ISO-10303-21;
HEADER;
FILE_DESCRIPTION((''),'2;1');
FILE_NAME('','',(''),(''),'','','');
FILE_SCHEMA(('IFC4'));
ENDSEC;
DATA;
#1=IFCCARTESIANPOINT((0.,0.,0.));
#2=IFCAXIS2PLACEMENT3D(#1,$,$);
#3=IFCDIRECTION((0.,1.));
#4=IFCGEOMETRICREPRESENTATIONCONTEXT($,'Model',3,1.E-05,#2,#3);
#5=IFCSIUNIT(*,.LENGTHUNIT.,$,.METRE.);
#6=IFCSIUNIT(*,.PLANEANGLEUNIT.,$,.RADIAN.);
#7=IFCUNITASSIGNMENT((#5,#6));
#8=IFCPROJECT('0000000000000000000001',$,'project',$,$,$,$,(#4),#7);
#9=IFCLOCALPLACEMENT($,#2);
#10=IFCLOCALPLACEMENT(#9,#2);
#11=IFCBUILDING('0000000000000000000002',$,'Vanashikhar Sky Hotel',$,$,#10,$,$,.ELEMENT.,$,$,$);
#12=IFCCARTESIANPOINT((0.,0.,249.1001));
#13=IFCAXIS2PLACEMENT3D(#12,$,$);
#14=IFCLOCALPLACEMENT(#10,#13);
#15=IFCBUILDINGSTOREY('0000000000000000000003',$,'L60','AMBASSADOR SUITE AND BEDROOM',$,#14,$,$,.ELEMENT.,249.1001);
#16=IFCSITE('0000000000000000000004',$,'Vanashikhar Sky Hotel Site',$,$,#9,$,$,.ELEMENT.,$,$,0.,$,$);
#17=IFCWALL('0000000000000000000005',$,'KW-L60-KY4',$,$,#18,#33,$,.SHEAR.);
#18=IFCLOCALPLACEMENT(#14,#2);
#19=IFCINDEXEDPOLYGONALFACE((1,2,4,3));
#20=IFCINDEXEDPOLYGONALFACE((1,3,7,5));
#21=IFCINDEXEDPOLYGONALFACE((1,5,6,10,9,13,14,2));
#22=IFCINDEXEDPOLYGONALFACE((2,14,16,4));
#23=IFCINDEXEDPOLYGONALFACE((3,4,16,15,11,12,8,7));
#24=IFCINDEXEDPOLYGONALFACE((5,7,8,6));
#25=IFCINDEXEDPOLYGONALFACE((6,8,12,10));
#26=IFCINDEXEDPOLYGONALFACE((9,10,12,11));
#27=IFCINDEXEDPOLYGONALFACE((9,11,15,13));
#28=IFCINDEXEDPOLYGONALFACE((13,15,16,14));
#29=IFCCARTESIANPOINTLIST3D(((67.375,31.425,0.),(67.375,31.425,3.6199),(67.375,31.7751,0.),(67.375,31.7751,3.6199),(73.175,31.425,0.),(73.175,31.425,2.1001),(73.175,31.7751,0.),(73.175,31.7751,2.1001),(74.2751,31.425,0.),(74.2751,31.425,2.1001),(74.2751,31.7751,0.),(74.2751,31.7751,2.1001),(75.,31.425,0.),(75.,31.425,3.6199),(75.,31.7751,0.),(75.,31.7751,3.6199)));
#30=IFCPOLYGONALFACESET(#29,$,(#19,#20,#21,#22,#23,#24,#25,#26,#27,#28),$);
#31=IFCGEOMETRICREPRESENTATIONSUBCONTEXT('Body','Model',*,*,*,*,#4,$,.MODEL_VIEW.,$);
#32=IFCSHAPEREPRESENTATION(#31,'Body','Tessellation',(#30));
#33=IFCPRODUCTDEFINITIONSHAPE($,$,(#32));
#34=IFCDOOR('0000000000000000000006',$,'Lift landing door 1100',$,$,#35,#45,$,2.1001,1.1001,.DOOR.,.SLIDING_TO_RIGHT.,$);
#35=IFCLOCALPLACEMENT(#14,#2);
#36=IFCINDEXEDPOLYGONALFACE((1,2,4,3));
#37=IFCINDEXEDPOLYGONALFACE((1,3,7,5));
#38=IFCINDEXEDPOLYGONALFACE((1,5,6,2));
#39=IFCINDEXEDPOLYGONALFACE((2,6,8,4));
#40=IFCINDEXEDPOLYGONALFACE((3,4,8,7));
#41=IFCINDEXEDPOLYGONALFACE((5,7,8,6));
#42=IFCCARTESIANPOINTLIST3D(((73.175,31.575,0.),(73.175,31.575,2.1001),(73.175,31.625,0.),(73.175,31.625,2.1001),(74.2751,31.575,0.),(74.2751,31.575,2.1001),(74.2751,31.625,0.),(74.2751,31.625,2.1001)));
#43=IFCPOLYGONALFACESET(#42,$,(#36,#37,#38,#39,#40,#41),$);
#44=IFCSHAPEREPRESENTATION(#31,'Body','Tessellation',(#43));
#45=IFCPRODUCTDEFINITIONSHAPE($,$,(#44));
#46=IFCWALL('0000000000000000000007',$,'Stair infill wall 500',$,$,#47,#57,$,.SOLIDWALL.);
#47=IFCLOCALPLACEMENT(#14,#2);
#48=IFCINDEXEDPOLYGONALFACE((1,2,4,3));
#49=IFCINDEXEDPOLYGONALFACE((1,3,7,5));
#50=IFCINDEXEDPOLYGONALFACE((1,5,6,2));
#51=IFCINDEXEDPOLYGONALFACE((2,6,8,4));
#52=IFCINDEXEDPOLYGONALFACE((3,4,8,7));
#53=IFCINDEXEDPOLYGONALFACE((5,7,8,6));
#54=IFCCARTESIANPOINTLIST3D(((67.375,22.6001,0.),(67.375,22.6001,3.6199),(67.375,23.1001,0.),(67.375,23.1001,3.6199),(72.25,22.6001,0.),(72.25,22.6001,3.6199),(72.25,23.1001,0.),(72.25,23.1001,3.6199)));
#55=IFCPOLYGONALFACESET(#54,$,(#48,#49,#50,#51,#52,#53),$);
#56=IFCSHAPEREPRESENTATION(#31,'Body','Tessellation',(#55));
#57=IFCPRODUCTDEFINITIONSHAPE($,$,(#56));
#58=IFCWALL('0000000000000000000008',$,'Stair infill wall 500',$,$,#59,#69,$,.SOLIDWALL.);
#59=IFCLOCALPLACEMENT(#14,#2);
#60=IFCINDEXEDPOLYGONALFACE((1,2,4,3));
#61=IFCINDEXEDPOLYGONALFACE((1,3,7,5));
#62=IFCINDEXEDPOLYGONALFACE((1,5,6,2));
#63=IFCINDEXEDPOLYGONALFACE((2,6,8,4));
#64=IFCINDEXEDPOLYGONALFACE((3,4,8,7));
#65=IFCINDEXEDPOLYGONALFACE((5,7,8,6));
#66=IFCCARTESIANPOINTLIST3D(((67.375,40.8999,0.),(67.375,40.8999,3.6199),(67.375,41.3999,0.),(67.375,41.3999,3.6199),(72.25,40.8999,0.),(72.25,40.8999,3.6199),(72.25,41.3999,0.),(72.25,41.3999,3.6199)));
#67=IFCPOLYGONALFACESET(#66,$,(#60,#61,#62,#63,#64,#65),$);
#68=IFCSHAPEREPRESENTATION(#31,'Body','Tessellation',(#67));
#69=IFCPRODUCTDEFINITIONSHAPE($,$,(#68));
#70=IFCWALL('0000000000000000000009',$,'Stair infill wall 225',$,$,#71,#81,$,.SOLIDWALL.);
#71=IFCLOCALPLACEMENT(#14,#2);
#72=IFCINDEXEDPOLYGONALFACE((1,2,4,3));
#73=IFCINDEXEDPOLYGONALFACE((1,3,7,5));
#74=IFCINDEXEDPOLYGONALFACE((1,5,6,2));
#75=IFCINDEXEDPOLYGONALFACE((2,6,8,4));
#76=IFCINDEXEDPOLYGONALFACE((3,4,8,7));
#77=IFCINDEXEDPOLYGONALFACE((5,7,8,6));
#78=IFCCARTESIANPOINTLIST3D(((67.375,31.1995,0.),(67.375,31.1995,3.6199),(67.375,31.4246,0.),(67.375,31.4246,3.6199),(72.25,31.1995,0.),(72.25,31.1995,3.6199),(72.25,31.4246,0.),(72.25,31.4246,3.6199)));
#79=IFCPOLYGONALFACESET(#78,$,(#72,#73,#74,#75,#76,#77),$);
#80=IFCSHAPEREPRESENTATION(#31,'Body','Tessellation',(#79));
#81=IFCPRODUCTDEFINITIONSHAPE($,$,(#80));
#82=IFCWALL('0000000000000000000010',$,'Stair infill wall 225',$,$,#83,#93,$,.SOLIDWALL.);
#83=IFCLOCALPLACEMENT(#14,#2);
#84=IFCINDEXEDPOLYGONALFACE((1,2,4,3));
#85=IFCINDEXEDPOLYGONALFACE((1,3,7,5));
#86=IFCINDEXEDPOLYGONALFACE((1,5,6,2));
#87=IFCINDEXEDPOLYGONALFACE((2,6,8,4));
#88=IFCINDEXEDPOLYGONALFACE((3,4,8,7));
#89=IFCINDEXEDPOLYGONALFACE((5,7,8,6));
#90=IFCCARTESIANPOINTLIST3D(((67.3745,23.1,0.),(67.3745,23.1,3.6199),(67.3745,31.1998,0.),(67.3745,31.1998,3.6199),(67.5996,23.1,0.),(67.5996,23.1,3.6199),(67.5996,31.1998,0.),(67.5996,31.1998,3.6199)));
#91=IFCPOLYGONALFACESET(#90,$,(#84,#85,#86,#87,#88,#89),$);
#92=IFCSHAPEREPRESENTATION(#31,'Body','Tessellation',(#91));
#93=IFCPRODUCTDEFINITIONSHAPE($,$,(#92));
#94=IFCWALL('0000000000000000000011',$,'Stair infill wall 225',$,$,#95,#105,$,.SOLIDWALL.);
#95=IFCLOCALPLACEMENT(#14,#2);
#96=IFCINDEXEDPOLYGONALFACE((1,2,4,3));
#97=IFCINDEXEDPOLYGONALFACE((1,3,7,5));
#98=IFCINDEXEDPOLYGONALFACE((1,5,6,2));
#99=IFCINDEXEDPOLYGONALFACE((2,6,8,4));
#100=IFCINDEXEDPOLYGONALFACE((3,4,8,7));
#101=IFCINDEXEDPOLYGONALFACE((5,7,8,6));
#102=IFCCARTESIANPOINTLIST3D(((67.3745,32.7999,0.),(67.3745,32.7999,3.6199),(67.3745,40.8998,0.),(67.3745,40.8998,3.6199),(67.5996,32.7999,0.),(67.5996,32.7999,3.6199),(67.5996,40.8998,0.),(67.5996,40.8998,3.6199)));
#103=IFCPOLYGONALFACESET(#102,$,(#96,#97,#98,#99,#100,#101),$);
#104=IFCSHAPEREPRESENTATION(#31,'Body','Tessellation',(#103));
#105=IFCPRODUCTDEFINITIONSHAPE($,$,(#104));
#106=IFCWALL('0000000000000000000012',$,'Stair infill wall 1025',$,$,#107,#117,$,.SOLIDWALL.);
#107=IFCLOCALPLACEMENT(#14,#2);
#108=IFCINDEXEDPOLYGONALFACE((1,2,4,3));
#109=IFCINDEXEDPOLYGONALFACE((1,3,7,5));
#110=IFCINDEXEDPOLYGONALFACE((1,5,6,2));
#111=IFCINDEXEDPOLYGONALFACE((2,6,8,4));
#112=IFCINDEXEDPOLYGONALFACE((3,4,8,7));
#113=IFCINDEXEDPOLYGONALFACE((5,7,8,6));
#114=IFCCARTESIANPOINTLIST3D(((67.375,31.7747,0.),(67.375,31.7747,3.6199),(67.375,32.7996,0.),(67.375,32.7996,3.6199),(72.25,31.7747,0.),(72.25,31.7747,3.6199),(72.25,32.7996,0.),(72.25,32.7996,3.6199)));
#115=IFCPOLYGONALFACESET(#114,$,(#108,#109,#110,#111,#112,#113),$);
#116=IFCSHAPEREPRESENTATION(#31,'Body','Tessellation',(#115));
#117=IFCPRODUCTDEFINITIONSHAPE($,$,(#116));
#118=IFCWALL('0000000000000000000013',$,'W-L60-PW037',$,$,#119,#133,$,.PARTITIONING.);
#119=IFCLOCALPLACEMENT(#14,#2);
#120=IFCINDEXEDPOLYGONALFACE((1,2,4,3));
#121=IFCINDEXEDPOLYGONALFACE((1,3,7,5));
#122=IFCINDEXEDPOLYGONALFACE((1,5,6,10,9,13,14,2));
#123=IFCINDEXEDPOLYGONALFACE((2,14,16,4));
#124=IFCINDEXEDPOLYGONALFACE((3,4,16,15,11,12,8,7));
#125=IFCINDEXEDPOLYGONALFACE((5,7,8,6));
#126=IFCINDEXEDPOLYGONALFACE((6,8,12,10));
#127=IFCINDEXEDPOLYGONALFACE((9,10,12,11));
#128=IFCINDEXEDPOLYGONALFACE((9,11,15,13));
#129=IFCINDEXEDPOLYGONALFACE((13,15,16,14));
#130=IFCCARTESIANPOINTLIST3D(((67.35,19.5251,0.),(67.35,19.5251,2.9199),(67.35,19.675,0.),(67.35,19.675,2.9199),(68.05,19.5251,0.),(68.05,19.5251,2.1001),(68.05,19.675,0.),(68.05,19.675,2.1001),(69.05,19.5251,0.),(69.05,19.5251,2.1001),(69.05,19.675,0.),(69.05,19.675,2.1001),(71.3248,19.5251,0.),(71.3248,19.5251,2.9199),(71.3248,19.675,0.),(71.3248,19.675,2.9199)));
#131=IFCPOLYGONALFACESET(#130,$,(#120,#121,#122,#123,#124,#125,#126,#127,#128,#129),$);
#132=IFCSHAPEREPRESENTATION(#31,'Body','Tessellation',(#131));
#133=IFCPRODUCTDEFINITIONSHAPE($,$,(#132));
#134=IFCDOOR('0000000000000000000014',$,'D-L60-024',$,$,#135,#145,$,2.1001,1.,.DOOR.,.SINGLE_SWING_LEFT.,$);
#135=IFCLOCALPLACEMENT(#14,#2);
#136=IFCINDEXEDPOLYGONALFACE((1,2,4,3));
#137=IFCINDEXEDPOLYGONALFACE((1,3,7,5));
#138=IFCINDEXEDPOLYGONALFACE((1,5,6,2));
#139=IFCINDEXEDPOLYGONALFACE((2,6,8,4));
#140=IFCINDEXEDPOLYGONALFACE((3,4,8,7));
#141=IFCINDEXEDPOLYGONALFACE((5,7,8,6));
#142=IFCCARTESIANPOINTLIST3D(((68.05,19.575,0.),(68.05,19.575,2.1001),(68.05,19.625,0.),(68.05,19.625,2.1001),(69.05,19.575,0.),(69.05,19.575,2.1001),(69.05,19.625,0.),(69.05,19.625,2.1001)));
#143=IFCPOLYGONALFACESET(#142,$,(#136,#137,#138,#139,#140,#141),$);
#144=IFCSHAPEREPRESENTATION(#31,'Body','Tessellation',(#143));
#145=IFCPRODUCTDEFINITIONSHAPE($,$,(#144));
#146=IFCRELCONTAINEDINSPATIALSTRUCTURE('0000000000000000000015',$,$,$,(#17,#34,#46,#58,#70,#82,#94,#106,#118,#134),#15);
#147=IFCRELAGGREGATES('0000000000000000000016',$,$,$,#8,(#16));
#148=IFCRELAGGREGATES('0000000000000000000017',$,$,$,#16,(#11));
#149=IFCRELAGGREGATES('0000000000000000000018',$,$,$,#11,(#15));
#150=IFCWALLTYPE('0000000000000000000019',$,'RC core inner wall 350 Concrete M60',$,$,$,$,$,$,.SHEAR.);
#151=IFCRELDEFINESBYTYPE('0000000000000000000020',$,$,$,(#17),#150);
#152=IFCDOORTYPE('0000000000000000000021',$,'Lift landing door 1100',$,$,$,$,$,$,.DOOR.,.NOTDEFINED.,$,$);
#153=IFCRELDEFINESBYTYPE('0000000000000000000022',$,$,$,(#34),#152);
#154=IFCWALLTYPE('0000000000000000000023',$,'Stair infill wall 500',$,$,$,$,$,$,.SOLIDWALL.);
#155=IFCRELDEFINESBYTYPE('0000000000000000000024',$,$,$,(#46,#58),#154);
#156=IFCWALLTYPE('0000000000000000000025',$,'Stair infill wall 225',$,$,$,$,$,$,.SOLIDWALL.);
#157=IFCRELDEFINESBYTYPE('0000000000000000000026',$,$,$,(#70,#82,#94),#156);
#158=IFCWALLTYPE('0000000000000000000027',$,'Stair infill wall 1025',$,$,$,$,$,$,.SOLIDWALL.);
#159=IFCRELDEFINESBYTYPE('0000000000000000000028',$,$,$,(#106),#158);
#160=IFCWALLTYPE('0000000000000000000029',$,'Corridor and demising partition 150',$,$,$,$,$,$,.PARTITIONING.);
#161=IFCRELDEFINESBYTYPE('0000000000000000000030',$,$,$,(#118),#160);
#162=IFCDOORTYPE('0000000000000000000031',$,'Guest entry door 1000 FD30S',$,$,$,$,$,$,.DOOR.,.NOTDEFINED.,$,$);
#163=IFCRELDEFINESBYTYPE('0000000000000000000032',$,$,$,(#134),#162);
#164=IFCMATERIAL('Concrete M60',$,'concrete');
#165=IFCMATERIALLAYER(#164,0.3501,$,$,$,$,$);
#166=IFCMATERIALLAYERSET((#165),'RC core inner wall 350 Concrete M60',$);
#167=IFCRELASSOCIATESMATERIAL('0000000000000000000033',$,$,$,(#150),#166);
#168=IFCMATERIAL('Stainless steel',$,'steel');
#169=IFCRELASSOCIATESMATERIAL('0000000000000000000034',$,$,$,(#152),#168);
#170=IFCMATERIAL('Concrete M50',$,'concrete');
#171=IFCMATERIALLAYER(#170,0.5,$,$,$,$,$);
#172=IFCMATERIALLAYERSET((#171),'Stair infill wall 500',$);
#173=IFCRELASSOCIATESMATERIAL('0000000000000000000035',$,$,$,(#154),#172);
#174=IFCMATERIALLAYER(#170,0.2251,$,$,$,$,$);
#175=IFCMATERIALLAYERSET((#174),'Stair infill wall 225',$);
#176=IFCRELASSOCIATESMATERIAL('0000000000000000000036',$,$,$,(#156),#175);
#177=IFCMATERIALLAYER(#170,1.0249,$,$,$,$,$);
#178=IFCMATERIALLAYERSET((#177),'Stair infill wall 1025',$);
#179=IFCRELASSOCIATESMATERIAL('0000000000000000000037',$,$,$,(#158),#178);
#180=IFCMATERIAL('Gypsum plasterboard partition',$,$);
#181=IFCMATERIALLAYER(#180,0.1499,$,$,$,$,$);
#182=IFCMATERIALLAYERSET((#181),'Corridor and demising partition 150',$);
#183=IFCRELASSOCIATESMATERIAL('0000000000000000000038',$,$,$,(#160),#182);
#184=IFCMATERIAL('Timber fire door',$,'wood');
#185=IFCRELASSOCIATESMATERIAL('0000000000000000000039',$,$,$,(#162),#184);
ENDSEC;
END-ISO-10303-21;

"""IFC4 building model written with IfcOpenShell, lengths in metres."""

from ifc_helpers import new_model, si_unit, direction, frame, frame_2d, origin, place, context, subcontext, project, spatial, rectangle, extrude, source, transform, mapped, material, layer, layer_set, type_object, element, fill, save


model = new_model("IFC4")

# Units and contexts
model_context = context("Model", 3, precision=1e-05, world=origin(), true_north=direction((0.0, 1.0)))
body_context = subcontext(model_context, "Body", "Model", "MODEL_VIEW")
ifc_project = project(units=[si_unit("LENGTHUNIT", "METRE"), si_unit("PLANEANGLEUNIT", "RADIAN")], contexts=[model_context])

# Site, building, storey
site_placement = place(None, origin())
site = spatial("IfcSite", under=ifc_project, at=site_placement, Name="Vanashikhar Sky Hotel Site", CompositionType="ELEMENT", RefElevation=0.0)
building_placement = place(site_placement, origin())
building = spatial("IfcBuilding", under=site, at=building_placement, Name="Vanashikhar Sky Hotel", CompositionType="ELEMENT")
storey_placement = place(building_placement, frame((0.0, 0.0, 249.1001)))
storey = spatial("IfcBuildingStorey", under=building, at=storey_placement, Name="L60", Description="AMBASSADOR SUITE AND BEDROOM", CompositionType="ELEMENT", Elevation=249.1001)

# Wall, opening, door
ifc_material_1 = material(Name="Concrete M60", Category="concrete")
ifc_layer_1 = layer(ifc_material_1, 0.3501)
ifc_layer_set_1 = layer_set([ifc_layer_1], Name="RC core inner wall 350 Concrete M60")
wall_type_1 = type_object("IfcWallType", Name="RC core inner wall 350 Concrete M60", PredefinedType="SHEAR", material=ifc_layer_set_1)
shared_shape_1 = source(origin(), body_context, "Body", "SweptSolid", [
    extrude(rectangle(XDim=7.625, YDim=0.3501, at=frame_2d((3.8125, 0.0))), origin(), (0.0, 0.0, 1.0), 3.6199),
])
wall_1_placement = place(storey_placement, frame((67.375, 31.6001, 0.0), z_axis=(0.0, 0.0, 1.0), x_axis=(1.0, 0.0, 0.0)))
wall_1 = element("IfcWall", 1, at=wall_1_placement, inside=storey, type_object=wall_type_1, Name="KW-L60-KY4", PredefinedType="SHEAR", context=body_context, shape_type="MappedRepresentation", body=[
    mapped(shared_shape_1, transform((0.0, 0.0, 0.0), scale=1.0)),
])
shared_shape_2 = source(origin(), body_context, "Body", "SweptSolid", [
    extrude(rectangle(XDim=1.1001, YDim=2.1001, at=frame_2d((0.55, 1.05))), frame((0.0, 0.1851, 0.0), z_axis=(0.0, -1.0, 0.0), x_axis=(1.0, 0.0, 0.0)), (0.0, 0.0, 1.0), 0.3701),
])
opening_1_placement = place(wall_1_placement, frame((5.8, 0.0, 0.0)))
opening_1 = element("IfcOpeningElement", 2, at=opening_1_placement, cuts=wall_1, PredefinedType="OPENING", context=body_context, shape_type="MappedRepresentation", body=[
    mapped(shared_shape_2, transform((0.0, 0.0, 0.0), scale=1.0)),
])
ifc_material_2 = material(Name="Stainless steel", Category="steel")
door_type_1 = type_object("IfcDoorType", Name="Lift landing door 1100", OperationType="NOTDEFINED", PredefinedType="DOOR", material=ifc_material_2)
shared_shape_3 = source(origin(), body_context, "Body", "SweptSolid", [
    extrude(rectangle(XDim=1.1001, YDim=2.1001, at=frame_2d((0.55, 1.05))), frame((0.0, 0.0249, 0.0), z_axis=(0.0, -1.0, 0.0), x_axis=(1.0, 0.0, 0.0)), (0.0, 0.0, 1.0), 0.05),
])
door_1_placement = place(opening_1_placement, origin())
door_1 = element("IfcDoor", 3, at=door_1_placement, inside=storey, type_object=door_type_1, Name="Lift landing door 1100", OperationType="SLIDING_TO_RIGHT", OverallHeight=2.1001, OverallWidth=1.1001, PredefinedType="DOOR", context=body_context, shape_type="MappedRepresentation", body=[
    mapped(shared_shape_3, transform((0.0, 0.0, 0.0), scale=1.0)),
])
fill(opening_1, door_1)

# Walls
ifc_material_3 = material(Name="Concrete M50", Category="concrete")
ifc_layer_2 = layer(ifc_material_3, 0.5)
ifc_layer_set_2 = layer_set([ifc_layer_2], Name="Stair infill wall 500")
wall_type_2 = type_object("IfcWallType", Name="Stair infill wall 500", PredefinedType="SOLIDWALL", material=ifc_layer_set_2)
shared_shape_4 = source(origin(), body_context, "Body", "SweptSolid", [
    extrude(rectangle(XDim=4.875, YDim=0.5, at=frame_2d((2.4375, 0.0))), origin(), (0.0, 0.0, 1.0), 3.6199),
])
for number, where, z_axis, x_axis, name in (
    (4, (67.375, 22.8501, 0.0), (0.0, 0.0, 1.0), (1.0, 0.0, 0.0), "Stair infill wall 500"),
    (5, (67.375, 41.1499, 0.0), (0.0, 0.0, 1.0), (1.0, 0.0, 0.0), "Stair infill wall 500"),
):
    element("IfcWall", number, at=place(storey_placement, frame(where, z_axis=z_axis, x_axis=x_axis)), inside=storey, type_object=wall_type_2, Name=name, PredefinedType="SOLIDWALL", context=body_context, shape_type="MappedRepresentation", body=[
        mapped(shared_shape_4, transform((0.0, 0.0, 0.0), scale=1.0)),
    ])
ifc_layer_3 = layer(ifc_material_3, 0.2251)
ifc_layer_set_3 = layer_set([ifc_layer_3], Name="Stair infill wall 225")
wall_type_3 = type_object("IfcWallType", Name="Stair infill wall 225", PredefinedType="SOLIDWALL", material=ifc_layer_set_3)
shared_shape_5 = source(origin(), body_context, "Body", "SweptSolid", [
    extrude(rectangle(XDim=4.875, YDim=0.2251, at=frame_2d((2.4375, 0.0))), origin(), (0.0, 0.0, 1.0), 3.6199),
])
wall_2_placement = place(storey_placement, frame((67.375, 31.312, 0.0), z_axis=(0.0, 0.0, 1.0), x_axis=(1.0, 0.0, 0.0)))
element("IfcWall", 6, at=wall_2_placement, inside=storey, type_object=wall_type_3, Name="Stair infill wall 225", PredefinedType="SOLIDWALL", context=body_context, shape_type="MappedRepresentation", body=[
    mapped(shared_shape_5, transform((0.0, 0.0, 0.0), scale=1.0)),
])
shared_shape_6 = source(origin(), body_context, "Body", "SweptSolid", [
    extrude(rectangle(XDim=8.0999, YDim=0.2251, at=frame_2d((4.0498, 0.0))), origin(), (0.0, 0.0, 1.0), 3.6199),
])
for number, where, z_axis, x_axis, name in (
    (7, (67.4871, 23.1001, 0.0), (0.0, 0.0, 1.0), (0.0, 1.0, 0.0), "Stair infill wall 225"),
    (8, (67.4871, 32.8, 0.0), (0.0, 0.0, 1.0), (0.0, 1.0, 0.0), "Stair infill wall 225"),
):
    element("IfcWall", number, at=place(storey_placement, frame(where, z_axis=z_axis, x_axis=x_axis)), inside=storey, type_object=wall_type_3, Name=name, PredefinedType="SOLIDWALL", context=body_context, shape_type="MappedRepresentation", body=[
        mapped(shared_shape_6, transform((0.0, 0.0, 0.0), scale=1.0)),
    ])
ifc_layer_4 = layer(ifc_material_3, 1.0249)
ifc_layer_set_4 = layer_set([ifc_layer_4], Name="Stair infill wall 1025")
wall_type_4 = type_object("IfcWallType", Name="Stair infill wall 1025", PredefinedType="SOLIDWALL", material=ifc_layer_set_4)
shared_shape_7 = source(origin(), body_context, "Body", "SweptSolid", [
    extrude(rectangle(XDim=4.875, YDim=1.0249, at=frame_2d((2.4375, 0.0))), origin(), (0.0, 0.0, 1.0), 3.6199),
])
wall_3_placement = place(storey_placement, frame((67.375, 32.2871, 0.0), z_axis=(0.0, 0.0, 1.0), x_axis=(1.0, 0.0, 0.0)))
element("IfcWall", 9, at=wall_3_placement, inside=storey, type_object=wall_type_4, Name="Stair infill wall 1025", PredefinedType="SOLIDWALL", context=body_context, shape_type="MappedRepresentation", body=[
    mapped(shared_shape_7, transform((0.0, 0.0, 0.0), scale=1.0)),
])

# Wall, opening, door
ifc_material_4 = material(Name="Gypsum plasterboard partition")
ifc_layer_5 = layer(ifc_material_4, 0.1499)
ifc_layer_set_5 = layer_set([ifc_layer_5], Name="Corridor and demising partition 150")
wall_type_5 = type_object("IfcWallType", Name="Corridor and demising partition 150", PredefinedType="PARTITIONING", material=ifc_layer_set_5)
shared_shape_8 = source(origin(), body_context, "Body", "SweptSolid", [
    extrude(rectangle(XDim=3.9749, YDim=0.1499, at=frame_2d((1.9873, 0.0))), origin(), (0.0, 0.0, 1.0), 2.9199),
])
wall_4_placement = place(storey_placement, frame((67.3501, 19.6001, 0.0), z_axis=(0.0, 0.0, 1.0), x_axis=(1.0, 0.0, 0.0)))
wall_4 = element("IfcWall", 10, at=wall_4_placement, inside=storey, type_object=wall_type_5, Name="W-L60-PW037", PredefinedType="PARTITIONING", context=body_context, shape_type="MappedRepresentation", body=[
    mapped(shared_shape_8, transform((0.0, 0.0, 0.0), scale=1.0)),
])
shared_shape_9 = source(origin(), body_context, "Body", "SweptSolid", [
    extrude(rectangle(XDim=1.0, YDim=2.1001, at=frame_2d((0.5, 1.05))), frame((0.0, 0.085, 0.0), z_axis=(0.0, -1.0, 0.0), x_axis=(1.0, 0.0, 0.0)), (0.0, 0.0, 1.0), 0.1699),
])
opening_2_placement = place(wall_4_placement, frame((0.7, 0.0, 0.0)))
opening_2 = element("IfcOpeningElement", 11, at=opening_2_placement, cuts=wall_4, PredefinedType="OPENING", context=body_context, shape_type="MappedRepresentation", body=[
    mapped(shared_shape_9, transform((0.0, 0.0, 0.0), scale=1.0)),
])
ifc_material_5 = material(Name="Timber fire door", Category="wood")
door_type_2 = type_object("IfcDoorType", Name="Guest entry door 1000 FD30S", OperationType="NOTDEFINED", PredefinedType="DOOR", material=ifc_material_5)
shared_shape_10 = source(origin(), body_context, "Body", "SweptSolid", [
    extrude(rectangle(XDim=1.0, YDim=2.1001, at=frame_2d((0.5, 1.05))), frame((0.0, 0.0249, 0.0), z_axis=(0.0, -1.0, 0.0), x_axis=(1.0, 0.0, 0.0)), (0.0, 0.0, 1.0), 0.05),
])
door_2_placement = place(opening_2_placement, origin())
door_2 = element("IfcDoor", 12, at=door_2_placement, inside=storey, type_object=door_type_2, Name="D-L60-024", OperationType="SINGLE_SWING_LEFT", OverallHeight=2.1001, OverallWidth=1.0, PredefinedType="DOOR", context=body_context, shape_type="MappedRepresentation", body=[
    mapped(shared_shape_10, transform((0.0, 0.0, 0.0), scale=1.0)),
])
fill(opening_2, door_2)

save(model, "model.ifc")
